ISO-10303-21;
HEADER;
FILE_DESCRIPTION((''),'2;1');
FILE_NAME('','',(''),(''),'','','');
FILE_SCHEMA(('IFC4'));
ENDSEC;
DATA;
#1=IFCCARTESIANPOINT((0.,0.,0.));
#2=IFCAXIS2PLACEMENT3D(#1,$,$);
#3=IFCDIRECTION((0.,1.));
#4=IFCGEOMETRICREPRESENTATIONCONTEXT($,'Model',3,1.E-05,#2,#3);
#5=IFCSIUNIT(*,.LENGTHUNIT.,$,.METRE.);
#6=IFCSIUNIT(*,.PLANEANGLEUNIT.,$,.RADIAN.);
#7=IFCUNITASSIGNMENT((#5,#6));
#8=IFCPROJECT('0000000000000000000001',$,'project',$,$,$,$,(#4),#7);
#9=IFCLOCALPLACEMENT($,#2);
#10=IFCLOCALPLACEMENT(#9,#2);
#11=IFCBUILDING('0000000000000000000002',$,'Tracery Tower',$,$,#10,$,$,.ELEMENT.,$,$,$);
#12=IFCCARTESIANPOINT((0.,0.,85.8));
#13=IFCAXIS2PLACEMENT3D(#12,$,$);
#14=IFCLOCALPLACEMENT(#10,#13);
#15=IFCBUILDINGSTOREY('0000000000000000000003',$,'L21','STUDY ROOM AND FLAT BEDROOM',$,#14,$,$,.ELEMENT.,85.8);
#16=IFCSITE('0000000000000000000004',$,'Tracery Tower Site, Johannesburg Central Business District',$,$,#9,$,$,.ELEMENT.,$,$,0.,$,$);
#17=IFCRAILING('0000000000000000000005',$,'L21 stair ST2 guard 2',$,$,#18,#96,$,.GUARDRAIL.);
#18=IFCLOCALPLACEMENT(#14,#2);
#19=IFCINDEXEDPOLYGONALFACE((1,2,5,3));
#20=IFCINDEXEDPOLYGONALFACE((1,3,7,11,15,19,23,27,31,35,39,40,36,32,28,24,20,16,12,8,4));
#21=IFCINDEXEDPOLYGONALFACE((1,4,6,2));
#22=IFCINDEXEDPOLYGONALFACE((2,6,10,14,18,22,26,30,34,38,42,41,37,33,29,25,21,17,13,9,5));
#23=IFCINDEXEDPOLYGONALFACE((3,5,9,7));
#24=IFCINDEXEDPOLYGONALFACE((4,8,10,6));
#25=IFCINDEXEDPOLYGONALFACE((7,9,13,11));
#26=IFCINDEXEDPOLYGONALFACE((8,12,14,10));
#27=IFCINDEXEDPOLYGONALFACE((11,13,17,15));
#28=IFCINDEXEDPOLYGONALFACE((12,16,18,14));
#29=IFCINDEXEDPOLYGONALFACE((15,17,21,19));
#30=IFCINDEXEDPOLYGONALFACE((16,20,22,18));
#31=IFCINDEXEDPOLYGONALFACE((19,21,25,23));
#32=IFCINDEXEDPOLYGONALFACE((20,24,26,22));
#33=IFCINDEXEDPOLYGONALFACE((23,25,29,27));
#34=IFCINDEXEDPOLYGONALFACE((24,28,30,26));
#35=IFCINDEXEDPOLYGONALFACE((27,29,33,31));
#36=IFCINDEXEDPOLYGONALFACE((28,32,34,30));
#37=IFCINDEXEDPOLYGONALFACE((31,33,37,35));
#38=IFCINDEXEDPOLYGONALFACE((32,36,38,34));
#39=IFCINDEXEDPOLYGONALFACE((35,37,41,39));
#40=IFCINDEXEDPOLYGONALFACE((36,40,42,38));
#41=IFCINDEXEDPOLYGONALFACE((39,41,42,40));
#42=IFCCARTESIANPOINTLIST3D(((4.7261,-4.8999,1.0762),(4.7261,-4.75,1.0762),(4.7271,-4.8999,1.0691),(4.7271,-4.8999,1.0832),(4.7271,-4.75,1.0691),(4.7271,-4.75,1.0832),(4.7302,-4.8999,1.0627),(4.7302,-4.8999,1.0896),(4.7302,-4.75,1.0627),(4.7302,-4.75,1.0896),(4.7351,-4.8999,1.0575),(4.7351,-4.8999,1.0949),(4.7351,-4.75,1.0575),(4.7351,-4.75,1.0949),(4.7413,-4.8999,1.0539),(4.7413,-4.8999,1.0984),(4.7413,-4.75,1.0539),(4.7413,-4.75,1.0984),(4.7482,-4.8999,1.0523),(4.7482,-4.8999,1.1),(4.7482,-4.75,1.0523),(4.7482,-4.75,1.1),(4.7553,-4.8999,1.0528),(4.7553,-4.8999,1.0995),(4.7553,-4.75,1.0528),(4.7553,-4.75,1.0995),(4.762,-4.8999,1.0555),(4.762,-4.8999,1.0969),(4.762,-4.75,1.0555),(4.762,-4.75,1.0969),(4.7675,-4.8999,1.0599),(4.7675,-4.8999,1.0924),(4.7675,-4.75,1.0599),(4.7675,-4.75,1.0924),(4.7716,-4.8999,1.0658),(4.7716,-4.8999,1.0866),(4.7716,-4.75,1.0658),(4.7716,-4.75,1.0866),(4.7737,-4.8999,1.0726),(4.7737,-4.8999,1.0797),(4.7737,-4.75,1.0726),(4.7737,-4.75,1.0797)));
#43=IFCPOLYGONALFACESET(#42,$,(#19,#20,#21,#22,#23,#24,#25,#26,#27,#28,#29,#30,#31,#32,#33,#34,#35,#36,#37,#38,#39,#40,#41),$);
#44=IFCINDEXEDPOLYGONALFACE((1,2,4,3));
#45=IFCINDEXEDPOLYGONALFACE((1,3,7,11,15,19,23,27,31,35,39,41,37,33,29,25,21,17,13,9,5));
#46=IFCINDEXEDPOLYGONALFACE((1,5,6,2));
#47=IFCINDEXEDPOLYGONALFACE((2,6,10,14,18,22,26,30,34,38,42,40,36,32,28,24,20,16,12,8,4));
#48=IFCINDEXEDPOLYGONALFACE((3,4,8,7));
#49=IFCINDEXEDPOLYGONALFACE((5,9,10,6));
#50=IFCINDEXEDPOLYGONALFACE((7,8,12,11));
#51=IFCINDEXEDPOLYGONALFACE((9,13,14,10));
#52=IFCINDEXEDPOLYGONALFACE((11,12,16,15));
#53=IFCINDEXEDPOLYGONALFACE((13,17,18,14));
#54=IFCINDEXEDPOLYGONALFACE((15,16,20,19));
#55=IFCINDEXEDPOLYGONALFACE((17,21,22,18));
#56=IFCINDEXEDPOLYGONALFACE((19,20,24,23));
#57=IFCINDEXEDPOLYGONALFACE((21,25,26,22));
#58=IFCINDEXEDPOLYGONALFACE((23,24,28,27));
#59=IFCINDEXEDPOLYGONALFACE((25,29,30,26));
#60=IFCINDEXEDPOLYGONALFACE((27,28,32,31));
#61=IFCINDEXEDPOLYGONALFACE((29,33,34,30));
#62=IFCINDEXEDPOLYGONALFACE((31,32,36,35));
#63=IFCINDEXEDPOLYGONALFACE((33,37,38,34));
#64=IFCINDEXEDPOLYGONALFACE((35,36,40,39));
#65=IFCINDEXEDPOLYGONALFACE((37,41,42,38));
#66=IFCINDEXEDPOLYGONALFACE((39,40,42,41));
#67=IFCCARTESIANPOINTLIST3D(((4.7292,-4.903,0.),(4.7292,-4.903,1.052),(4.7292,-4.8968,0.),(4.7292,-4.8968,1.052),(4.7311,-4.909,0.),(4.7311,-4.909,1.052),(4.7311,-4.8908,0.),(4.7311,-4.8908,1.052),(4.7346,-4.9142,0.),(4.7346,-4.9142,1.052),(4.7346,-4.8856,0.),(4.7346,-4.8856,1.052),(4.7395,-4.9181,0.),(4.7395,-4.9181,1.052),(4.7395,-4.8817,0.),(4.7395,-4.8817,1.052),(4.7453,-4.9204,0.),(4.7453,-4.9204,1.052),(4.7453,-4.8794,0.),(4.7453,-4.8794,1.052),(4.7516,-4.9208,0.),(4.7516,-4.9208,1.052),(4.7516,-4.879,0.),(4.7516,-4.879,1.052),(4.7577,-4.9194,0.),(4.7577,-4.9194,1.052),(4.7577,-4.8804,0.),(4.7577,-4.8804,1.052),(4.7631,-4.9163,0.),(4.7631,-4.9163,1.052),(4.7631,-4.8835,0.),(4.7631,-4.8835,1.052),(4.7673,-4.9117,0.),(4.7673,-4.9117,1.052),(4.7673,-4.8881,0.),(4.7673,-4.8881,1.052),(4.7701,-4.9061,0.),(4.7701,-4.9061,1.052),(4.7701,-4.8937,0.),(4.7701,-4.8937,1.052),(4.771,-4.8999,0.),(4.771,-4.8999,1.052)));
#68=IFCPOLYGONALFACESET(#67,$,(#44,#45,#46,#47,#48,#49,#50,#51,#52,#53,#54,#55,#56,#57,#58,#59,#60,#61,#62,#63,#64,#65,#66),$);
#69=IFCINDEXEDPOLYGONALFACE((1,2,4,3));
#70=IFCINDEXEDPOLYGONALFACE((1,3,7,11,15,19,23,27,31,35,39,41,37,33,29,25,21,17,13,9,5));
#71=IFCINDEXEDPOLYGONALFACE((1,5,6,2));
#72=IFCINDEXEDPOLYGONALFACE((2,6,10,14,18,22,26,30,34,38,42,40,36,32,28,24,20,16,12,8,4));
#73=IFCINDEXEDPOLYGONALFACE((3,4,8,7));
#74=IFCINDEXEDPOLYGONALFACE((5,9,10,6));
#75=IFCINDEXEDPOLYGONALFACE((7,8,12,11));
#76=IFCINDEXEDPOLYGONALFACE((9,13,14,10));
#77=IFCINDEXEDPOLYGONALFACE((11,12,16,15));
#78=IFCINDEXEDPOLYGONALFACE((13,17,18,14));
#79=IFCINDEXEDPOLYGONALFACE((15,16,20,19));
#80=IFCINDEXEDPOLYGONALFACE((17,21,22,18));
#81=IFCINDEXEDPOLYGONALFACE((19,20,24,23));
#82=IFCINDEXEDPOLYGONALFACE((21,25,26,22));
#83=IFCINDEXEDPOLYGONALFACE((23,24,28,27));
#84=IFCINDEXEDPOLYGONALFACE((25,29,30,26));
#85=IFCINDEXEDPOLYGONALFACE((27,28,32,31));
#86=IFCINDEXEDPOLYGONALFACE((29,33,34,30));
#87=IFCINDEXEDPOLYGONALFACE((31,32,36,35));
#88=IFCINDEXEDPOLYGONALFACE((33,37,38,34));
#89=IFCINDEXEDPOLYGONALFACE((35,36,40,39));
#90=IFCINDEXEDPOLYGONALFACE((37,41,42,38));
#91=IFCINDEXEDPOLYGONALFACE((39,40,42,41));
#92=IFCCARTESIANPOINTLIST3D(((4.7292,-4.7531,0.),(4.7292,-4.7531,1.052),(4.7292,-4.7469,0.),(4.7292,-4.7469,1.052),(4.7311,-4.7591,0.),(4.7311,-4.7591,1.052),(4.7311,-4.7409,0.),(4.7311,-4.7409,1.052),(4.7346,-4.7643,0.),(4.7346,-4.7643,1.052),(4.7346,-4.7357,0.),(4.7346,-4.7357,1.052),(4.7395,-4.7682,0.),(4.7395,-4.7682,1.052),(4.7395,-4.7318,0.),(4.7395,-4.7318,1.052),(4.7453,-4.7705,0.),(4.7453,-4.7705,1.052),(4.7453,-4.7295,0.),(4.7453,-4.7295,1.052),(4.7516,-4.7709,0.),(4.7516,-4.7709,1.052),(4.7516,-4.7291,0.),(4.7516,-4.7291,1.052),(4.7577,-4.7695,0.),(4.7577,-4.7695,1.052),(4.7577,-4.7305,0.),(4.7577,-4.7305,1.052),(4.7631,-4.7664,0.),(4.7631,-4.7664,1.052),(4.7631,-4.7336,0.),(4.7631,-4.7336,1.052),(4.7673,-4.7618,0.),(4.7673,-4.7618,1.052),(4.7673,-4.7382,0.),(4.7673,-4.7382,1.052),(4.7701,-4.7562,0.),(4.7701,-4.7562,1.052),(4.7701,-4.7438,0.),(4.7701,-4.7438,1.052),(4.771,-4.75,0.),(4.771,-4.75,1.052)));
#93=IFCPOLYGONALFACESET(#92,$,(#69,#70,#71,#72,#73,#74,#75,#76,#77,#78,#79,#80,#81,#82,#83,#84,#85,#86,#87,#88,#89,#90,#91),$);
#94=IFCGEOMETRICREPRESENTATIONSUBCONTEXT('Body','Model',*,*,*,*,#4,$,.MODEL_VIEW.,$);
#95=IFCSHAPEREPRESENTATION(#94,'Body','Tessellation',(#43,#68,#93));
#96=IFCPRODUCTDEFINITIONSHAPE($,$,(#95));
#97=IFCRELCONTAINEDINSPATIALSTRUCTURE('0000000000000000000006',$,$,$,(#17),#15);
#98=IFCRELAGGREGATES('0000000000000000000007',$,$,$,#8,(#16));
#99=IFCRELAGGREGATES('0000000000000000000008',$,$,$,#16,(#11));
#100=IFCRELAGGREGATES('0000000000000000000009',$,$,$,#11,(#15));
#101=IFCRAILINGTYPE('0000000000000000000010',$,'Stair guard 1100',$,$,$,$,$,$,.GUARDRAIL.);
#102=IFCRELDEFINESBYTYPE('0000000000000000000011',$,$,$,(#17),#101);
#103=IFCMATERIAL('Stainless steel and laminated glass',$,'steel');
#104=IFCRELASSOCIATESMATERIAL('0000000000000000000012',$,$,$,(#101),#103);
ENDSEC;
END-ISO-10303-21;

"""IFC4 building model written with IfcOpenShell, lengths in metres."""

from ifc_helpers import new_model, si_unit, direction, frame, origin, origin_2d, place, context, subcontext, project, spatial, circle, extrude, material, type_object, element, save


model = new_model("IFC4")

# Units and contexts
model_context = context("Model", 3, precision=1e-05, world=origin(), true_north=direction((0.0, 1.0)))
body_context = subcontext(model_context, "Body", "Model", "MODEL_VIEW")
ifc_project = project(units=[si_unit("LENGTHUNIT", "METRE"), si_unit("PLANEANGLEUNIT", "RADIAN")], contexts=[model_context])

# Site, building, storey
site_placement = place(None, origin())
site = spatial("IfcSite", under=ifc_project, at=site_placement, Name="Tracery Tower Site, Johannesburg Central Business District", CompositionType="ELEMENT", RefElevation=0.0)
building_placement = place(site_placement, origin())
building = spatial("IfcBuilding", under=site, at=building_placement, Name="Tracery Tower", CompositionType="ELEMENT")
storey_placement = place(building_placement, frame((0.0, 0.0, 85.8)))
storey = spatial("IfcBuildingStorey", under=building, at=storey_placement, Name="L21", Description="STUDY ROOM AND FLAT BEDROOM", CompositionType="ELEMENT", Elevation=85.8)

# Railing
ifc_material_1 = material(Name="Stainless steel and laminated glass", Category="steel")
railing_type_1 = type_object("IfcRailingType", Name="Stair guard 1100", PredefinedType="GUARDRAIL", material=ifc_material_1)
railing_1_placement = place(storey_placement, frame((4.75, -4.8999, 0.0)))
element("IfcRailing", 1, at=railing_1_placement, inside=storey, type_object=railing_type_1, Name="L21 stair ST2 guard 2", PredefinedType="GUARDRAIL", context=body_context, shape_type="SweptSolid", body=[
    extrude(circle(Radius=0.0239, at=origin_2d()), frame((0.0, 0.0, 1.0762), z_axis=(0.0, 1.0, 0.0), x_axis=(-1.0, 0.0, 0.0)), (0.0, 0.0, 1.0), 0.1499),
    extrude(circle(Radius=0.021, at=origin_2d()), origin(), (0.0, 0.0, 1.0), 1.052),
    extrude(circle(Radius=0.021, at=origin_2d()), frame((0.0, 0.1499, 0.0)), (0.0, 0.0, 1.0), 1.052),
])

save(model, "model.ifc")
